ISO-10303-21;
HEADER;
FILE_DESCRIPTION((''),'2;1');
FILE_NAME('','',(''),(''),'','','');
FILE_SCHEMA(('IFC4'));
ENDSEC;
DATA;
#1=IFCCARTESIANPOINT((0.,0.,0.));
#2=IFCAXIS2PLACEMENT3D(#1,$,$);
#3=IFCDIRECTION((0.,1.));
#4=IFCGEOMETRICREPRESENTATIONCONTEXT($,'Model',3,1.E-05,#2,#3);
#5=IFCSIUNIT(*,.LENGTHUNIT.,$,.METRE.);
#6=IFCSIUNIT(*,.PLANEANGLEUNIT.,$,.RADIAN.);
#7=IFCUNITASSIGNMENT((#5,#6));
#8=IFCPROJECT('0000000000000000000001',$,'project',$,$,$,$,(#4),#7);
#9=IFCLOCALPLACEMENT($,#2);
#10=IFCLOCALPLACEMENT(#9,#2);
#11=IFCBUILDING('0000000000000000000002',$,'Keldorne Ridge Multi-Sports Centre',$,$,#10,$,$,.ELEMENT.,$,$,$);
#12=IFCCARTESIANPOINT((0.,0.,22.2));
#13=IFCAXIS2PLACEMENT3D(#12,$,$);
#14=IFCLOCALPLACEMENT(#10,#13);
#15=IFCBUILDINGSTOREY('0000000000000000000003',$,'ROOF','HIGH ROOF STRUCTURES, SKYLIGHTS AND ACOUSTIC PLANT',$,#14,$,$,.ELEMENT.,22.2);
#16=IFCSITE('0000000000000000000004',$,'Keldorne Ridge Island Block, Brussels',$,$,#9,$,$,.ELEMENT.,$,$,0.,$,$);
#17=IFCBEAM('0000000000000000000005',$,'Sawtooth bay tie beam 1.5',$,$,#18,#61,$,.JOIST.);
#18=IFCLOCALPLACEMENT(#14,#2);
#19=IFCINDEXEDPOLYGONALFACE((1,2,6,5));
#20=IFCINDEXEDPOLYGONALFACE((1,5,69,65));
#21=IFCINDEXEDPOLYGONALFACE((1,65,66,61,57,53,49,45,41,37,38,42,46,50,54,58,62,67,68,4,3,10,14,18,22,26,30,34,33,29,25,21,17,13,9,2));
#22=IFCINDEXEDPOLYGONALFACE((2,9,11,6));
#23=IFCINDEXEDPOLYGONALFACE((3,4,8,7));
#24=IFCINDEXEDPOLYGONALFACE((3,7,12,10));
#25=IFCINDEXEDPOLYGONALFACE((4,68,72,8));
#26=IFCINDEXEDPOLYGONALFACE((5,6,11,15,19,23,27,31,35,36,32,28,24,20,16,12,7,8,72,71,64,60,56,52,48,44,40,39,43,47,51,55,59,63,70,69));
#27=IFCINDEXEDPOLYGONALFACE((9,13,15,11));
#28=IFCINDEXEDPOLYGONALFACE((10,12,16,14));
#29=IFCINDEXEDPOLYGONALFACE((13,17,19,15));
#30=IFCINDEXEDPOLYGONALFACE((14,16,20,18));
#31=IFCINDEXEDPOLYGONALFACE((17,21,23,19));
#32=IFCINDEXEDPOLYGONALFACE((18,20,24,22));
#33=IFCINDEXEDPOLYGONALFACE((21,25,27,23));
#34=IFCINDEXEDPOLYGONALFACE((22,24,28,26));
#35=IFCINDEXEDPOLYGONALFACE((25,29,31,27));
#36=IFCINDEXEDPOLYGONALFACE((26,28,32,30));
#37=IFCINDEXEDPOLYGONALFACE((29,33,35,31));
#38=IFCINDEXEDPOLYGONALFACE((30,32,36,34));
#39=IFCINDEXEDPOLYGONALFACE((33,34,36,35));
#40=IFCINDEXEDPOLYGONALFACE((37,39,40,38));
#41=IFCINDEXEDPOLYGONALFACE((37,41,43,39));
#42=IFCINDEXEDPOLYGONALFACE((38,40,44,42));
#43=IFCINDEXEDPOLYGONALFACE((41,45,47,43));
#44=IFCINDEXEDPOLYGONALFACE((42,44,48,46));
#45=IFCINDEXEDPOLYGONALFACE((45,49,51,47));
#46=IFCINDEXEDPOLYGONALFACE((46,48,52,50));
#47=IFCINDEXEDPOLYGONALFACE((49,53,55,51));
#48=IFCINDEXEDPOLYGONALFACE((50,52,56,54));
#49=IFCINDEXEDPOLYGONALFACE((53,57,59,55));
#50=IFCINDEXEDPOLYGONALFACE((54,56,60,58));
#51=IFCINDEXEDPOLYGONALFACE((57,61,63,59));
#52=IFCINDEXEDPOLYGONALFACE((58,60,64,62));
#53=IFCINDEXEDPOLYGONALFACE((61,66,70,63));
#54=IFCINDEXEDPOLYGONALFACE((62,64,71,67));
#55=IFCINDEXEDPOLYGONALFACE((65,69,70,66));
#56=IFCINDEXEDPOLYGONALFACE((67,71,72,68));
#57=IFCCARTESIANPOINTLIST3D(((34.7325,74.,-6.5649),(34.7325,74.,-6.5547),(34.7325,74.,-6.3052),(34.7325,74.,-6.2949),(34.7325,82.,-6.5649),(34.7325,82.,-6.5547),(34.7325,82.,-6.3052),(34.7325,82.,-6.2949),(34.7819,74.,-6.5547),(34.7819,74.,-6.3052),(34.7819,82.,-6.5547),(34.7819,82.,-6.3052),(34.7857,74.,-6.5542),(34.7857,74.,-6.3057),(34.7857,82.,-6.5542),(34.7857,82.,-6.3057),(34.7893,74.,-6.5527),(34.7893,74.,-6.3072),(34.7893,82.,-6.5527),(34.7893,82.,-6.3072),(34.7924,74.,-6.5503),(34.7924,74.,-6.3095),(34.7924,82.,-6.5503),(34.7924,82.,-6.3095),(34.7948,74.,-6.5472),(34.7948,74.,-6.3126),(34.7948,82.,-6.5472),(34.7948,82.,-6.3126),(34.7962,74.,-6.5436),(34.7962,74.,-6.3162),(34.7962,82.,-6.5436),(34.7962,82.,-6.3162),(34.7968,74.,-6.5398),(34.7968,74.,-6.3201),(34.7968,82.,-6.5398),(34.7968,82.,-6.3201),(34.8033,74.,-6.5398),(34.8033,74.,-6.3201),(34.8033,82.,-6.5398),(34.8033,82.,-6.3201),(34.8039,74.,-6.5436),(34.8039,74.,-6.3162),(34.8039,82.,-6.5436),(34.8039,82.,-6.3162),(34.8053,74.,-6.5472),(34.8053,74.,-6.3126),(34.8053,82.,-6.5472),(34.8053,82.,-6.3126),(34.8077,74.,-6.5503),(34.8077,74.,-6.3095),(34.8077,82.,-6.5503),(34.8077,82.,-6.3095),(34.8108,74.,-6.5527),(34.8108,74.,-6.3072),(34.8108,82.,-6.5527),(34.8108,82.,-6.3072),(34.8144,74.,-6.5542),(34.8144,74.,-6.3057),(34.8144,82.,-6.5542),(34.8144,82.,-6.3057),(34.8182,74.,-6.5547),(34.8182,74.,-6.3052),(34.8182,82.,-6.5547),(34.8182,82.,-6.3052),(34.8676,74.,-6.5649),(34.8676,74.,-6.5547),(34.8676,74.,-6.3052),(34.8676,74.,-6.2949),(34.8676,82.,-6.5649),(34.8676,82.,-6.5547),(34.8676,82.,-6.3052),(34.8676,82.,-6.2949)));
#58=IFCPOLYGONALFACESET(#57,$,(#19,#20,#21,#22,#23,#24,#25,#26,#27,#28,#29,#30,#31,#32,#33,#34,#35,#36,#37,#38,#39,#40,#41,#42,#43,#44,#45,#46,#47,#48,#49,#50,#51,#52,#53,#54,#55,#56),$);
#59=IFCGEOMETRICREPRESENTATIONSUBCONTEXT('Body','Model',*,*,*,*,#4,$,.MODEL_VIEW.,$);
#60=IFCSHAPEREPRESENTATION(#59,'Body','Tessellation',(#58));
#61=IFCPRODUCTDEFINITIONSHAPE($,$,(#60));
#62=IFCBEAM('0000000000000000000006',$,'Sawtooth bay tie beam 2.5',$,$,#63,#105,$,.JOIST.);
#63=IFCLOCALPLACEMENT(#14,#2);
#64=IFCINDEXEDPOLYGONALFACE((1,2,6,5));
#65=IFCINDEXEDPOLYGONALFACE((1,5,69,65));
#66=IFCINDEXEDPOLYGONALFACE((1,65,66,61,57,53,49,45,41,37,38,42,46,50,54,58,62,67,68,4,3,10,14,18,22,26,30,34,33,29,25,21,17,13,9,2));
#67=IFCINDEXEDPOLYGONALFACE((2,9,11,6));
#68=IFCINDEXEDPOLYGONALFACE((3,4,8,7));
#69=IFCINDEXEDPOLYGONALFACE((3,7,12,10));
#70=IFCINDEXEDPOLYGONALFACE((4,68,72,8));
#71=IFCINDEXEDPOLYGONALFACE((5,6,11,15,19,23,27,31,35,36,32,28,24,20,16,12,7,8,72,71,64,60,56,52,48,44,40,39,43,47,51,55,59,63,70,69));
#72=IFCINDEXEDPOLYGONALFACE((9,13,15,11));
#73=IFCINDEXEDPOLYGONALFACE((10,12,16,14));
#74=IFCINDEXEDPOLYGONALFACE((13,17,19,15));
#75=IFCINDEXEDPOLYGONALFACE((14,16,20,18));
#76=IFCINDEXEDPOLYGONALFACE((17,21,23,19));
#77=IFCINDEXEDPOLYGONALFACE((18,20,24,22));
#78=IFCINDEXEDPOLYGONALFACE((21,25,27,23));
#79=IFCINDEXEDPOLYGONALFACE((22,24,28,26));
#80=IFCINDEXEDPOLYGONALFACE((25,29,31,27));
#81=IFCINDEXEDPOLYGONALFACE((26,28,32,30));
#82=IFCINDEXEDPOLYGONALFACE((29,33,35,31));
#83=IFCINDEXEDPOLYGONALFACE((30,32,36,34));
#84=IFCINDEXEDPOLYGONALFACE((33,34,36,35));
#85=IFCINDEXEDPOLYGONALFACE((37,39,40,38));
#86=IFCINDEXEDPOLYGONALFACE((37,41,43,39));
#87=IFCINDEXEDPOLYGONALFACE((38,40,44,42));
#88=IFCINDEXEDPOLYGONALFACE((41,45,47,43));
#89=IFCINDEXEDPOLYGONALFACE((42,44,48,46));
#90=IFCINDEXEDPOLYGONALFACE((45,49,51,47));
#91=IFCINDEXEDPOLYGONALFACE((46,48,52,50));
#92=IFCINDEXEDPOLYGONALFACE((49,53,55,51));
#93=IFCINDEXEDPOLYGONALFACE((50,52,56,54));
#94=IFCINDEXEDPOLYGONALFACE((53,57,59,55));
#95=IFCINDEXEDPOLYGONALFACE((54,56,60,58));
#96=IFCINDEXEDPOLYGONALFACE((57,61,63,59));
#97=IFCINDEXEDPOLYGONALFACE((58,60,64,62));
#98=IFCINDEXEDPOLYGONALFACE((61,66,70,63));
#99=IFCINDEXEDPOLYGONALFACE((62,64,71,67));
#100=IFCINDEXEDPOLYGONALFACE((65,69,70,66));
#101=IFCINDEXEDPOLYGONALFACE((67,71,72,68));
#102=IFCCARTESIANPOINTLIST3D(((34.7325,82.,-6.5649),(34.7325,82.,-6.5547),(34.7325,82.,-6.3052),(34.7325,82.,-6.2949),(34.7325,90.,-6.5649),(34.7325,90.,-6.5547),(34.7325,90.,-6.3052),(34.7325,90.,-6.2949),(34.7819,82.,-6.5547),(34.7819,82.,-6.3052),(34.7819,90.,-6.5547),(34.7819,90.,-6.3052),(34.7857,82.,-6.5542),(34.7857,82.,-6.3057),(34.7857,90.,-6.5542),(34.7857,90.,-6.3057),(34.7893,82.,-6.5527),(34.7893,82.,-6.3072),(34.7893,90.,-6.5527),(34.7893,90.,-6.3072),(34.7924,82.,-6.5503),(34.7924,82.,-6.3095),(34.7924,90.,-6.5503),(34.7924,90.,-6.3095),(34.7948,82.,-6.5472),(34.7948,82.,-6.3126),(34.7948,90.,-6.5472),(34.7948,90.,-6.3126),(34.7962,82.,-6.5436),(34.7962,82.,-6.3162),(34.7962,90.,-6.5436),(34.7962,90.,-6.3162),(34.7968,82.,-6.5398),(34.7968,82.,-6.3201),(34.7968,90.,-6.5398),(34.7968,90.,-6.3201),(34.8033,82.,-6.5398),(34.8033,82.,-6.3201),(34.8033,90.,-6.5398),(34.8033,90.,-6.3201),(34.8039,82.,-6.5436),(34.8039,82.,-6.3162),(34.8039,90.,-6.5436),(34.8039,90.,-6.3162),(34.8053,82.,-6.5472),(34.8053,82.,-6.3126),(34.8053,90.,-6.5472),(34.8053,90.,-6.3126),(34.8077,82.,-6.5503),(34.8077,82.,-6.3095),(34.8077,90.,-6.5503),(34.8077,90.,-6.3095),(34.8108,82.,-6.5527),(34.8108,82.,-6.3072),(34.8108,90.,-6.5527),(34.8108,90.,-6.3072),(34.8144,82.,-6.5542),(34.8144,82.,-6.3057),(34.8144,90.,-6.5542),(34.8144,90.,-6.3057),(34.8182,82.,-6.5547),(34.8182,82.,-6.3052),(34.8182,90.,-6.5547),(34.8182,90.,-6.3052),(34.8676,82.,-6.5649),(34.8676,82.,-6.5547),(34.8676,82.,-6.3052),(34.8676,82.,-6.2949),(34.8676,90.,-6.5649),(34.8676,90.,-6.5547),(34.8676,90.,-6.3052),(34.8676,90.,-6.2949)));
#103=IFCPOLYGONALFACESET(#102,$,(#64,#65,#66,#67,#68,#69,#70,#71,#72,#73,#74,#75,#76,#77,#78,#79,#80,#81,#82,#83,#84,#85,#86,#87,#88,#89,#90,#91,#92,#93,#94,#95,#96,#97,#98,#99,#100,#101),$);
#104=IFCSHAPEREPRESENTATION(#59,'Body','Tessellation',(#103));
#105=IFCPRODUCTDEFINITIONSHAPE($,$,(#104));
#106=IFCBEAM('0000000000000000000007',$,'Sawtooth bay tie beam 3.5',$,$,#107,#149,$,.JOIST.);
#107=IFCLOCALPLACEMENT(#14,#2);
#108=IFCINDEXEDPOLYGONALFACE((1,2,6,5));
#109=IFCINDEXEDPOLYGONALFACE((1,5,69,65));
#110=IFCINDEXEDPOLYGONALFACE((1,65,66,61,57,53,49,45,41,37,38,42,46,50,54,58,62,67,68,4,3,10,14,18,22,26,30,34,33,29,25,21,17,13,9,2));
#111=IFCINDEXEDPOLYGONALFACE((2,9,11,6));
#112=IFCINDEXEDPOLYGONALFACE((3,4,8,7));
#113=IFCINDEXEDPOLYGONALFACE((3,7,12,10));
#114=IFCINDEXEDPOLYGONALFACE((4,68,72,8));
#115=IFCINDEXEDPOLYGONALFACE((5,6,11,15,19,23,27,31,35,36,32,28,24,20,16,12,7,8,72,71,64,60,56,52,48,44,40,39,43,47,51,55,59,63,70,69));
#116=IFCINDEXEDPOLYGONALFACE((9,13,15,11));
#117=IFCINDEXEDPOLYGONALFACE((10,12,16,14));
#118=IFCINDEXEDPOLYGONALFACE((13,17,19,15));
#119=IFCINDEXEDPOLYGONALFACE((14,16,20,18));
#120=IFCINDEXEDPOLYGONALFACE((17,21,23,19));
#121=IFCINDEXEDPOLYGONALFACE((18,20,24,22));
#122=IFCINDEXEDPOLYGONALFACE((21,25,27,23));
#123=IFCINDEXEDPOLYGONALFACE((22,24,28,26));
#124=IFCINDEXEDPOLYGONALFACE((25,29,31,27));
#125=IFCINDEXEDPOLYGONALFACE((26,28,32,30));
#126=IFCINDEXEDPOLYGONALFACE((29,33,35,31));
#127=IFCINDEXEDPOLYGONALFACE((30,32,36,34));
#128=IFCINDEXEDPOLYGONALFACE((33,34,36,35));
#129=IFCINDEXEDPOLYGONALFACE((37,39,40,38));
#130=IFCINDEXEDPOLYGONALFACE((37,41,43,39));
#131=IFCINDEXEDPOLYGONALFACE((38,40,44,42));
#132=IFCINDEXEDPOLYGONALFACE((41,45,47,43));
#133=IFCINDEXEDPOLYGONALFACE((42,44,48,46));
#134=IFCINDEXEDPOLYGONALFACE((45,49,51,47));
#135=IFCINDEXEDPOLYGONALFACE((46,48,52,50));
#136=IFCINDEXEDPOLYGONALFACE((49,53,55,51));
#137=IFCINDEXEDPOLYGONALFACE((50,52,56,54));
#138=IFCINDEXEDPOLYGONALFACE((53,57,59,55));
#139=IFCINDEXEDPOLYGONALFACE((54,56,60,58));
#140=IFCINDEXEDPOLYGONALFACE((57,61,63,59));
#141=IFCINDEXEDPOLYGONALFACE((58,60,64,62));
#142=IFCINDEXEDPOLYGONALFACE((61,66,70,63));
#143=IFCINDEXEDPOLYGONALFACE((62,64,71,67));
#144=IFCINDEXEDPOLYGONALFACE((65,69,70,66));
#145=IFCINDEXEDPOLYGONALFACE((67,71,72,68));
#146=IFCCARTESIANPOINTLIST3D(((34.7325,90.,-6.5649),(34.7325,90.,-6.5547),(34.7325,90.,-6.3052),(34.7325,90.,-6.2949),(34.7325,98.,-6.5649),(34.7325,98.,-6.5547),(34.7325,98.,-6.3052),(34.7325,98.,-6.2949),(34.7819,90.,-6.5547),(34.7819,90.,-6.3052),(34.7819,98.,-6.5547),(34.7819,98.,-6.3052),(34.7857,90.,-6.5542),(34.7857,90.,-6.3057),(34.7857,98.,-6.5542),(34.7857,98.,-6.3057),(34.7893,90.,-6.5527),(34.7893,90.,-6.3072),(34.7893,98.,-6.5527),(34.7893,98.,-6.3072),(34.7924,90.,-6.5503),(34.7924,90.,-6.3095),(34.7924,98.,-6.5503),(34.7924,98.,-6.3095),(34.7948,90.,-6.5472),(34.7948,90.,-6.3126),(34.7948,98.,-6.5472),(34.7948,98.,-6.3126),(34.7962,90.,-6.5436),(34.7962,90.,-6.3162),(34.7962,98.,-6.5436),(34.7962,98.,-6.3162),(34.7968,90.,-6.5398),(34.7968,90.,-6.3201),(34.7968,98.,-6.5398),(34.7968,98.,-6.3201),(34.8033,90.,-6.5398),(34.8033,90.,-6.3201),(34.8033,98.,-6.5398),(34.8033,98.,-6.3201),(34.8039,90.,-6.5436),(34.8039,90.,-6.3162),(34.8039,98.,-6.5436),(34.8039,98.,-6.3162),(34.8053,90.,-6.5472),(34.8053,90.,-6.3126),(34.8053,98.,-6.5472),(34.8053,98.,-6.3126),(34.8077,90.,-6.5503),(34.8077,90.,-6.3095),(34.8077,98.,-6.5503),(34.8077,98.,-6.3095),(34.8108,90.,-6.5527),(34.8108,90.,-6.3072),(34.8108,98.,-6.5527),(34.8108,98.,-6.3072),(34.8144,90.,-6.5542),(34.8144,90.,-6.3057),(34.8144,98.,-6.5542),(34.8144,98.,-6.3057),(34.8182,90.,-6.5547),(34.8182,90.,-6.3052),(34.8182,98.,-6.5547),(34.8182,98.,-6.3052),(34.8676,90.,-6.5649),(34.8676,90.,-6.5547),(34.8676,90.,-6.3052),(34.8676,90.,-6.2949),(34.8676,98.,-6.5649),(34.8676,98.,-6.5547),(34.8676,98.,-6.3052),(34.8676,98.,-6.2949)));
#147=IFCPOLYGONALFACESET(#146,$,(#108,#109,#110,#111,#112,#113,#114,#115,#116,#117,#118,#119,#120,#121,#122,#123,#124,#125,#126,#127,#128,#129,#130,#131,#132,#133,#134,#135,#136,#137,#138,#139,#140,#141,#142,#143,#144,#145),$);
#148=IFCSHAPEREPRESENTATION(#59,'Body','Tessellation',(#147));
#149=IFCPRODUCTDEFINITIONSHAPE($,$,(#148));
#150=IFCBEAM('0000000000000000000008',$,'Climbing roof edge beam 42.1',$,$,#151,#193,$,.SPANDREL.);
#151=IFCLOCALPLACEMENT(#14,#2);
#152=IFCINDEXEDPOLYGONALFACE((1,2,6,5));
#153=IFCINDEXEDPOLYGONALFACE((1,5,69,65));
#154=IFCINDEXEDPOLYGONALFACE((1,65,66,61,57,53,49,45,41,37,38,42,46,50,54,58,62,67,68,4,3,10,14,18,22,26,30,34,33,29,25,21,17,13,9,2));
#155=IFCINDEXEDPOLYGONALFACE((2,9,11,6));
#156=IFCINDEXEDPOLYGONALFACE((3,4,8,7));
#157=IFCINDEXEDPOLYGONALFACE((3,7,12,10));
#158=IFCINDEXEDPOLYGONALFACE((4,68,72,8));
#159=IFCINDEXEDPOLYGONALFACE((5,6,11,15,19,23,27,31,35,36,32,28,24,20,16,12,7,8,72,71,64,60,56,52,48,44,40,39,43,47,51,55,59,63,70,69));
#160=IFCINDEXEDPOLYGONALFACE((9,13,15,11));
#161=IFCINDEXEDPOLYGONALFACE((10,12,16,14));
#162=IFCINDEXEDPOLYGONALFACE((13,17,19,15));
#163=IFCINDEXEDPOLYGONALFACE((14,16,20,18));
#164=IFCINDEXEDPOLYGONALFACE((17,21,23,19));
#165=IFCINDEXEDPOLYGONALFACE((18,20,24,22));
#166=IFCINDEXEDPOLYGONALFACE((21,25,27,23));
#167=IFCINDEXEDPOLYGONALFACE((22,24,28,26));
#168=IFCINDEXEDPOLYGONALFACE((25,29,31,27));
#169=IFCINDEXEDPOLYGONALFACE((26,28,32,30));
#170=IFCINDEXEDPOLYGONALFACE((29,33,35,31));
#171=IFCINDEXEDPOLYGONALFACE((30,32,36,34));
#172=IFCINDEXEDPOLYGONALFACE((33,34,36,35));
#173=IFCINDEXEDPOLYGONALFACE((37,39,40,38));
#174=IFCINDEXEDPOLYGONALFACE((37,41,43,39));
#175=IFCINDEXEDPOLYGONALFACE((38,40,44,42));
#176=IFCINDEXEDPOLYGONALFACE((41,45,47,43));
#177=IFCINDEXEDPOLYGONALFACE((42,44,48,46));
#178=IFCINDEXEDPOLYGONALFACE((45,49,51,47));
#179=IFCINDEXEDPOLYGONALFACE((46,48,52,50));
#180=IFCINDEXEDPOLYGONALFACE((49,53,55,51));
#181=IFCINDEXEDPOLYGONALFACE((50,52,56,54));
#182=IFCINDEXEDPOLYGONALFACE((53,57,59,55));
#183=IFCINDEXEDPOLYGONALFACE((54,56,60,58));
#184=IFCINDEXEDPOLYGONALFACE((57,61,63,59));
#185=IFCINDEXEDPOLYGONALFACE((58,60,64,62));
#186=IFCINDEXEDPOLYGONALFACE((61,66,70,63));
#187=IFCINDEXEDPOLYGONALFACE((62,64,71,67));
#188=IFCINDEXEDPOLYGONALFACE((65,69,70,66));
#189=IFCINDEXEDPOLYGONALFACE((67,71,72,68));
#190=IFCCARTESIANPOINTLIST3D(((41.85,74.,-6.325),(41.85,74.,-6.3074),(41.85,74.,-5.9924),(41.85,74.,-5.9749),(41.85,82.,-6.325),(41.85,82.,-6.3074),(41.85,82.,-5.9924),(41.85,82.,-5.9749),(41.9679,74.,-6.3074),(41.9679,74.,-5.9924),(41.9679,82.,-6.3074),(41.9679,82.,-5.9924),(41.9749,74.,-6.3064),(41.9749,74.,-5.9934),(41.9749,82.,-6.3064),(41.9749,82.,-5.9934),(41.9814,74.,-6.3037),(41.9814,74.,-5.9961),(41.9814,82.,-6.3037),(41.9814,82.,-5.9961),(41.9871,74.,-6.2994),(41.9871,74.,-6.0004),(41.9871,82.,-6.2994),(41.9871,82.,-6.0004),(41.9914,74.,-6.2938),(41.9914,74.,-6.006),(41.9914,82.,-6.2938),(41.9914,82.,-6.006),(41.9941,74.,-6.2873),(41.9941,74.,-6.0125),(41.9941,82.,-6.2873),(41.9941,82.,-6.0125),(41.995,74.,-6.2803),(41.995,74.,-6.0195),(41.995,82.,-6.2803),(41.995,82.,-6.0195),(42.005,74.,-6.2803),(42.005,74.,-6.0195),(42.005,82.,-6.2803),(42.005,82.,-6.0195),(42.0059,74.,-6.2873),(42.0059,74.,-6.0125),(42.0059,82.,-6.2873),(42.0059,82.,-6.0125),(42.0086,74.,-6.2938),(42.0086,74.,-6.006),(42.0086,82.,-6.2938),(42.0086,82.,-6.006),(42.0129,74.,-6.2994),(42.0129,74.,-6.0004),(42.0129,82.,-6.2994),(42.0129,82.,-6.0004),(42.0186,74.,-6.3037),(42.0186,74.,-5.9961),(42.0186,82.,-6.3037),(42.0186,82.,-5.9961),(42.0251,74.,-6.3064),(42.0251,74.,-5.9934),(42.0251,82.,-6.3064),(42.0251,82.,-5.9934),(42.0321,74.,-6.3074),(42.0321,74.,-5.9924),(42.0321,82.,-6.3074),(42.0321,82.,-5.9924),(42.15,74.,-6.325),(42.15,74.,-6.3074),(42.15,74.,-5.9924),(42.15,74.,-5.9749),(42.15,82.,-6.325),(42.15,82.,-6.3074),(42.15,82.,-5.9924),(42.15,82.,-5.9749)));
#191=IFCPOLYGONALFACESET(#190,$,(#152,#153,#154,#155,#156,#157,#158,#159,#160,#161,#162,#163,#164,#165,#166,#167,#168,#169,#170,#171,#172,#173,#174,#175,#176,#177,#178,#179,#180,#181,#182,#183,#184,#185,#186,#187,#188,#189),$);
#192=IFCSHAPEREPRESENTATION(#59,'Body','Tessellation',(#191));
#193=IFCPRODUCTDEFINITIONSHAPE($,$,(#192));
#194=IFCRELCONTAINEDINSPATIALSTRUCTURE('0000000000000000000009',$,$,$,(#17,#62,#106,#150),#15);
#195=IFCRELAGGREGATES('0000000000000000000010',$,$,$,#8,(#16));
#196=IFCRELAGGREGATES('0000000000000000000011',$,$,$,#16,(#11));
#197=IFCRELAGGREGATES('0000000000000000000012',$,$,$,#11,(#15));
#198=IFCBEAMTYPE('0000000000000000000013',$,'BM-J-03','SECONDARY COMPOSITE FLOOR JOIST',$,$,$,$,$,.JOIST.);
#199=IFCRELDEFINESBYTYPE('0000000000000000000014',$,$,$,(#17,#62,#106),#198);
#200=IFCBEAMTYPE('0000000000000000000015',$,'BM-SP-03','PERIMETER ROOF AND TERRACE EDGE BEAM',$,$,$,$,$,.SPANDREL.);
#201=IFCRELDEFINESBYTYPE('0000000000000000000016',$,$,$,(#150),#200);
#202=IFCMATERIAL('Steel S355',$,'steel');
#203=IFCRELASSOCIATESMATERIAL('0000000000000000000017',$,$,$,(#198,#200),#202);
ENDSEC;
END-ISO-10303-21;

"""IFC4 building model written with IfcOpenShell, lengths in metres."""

from ifc_helpers import new_model, si_unit, direction, frame, origin, origin_2d, place, context, subcontext, project, spatial, i_section, extrude, material, material_profile, profile_set, type_object, element, save


model = new_model("IFC4")

# Units and contexts
model_context = context("Model", 3, precision=1e-05, world=origin(), true_north=direction((0.0, 1.0)))
body_context = subcontext(model_context, "Body", "Model", "MODEL_VIEW")
ifc_project = project(units=[si_unit("LENGTHUNIT", "METRE"), si_unit("PLANEANGLEUNIT", "RADIAN")], contexts=[model_context])

# Site, building, storey
site_placement = place(None, origin())
site = spatial("IfcSite", under=ifc_project, at=site_placement, Name="Keldorne Ridge Island Block, Brussels", CompositionType="ELEMENT", RefElevation=0.0)
building_placement = place(site_placement, origin())
building = spatial("IfcBuilding", under=site, at=building_placement, Name="Keldorne Ridge Multi-Sports Centre", CompositionType="ELEMENT")
storey_placement = place(building_placement, frame((0.0, 0.0, 22.2)))
storey = spatial("IfcBuildingStorey", under=building, at=storey_placement, Name="ROOF", Description="HIGH ROOF STRUCTURES, SKYLIGHTS AND ACOUSTIC PLANT", CompositionType="ELEMENT", Elevation=22.2)

# Beams
ifc_material_1 = material(Name="Steel S355", Category="steel")
ifc_material_profile_1 = material_profile(ifc_material_1, i_section(OverallWidth=0.135, OverallDepth=0.27, WebThickness=0.0066, FlangeThickness=0.0103, FilletRadius=0.0149, at=origin_2d()), Name="IPE 270")
ifc_profile_set_1 = profile_set([ifc_material_profile_1], Name="Steel S355")
beam_type_1 = type_object("IfcBeamType", Name="BM-J-03", Description="SECONDARY COMPOSITE FLOOR JOIST", PredefinedType="JOIST", material=ifc_profile_set_1)
for number, where, z_axis, x_axis, name in (
    (1, (34.8, 74.0, -6.4299), (0.0, 1.0, 0.0), (-1.0, 0.0, 0.0), "Sawtooth bay tie beam 1.5"),
    (2, (34.8, 82.0, -6.4299), (0.0, 1.0, 0.0), (-1.0, 0.0, 0.0), "Sawtooth bay tie beam 2.5"),
    (3, (34.8, 90.0, -6.4299), (0.0, 1.0, 0.0), (-1.0, 0.0, 0.0), "Sawtooth bay tie beam 3.5"),
):
    element("IfcBeam", number, at=place(storey_placement, frame(where, z_axis=z_axis, x_axis=x_axis)), inside=storey, type_object=beam_type_1, Name=name, PredefinedType="JOIST", context=body_context, shape_type="SweptSolid", body=[
        extrude(i_section(OverallWidth=0.135, OverallDepth=0.27, WebThickness=0.0066, FlangeThickness=0.0103, FilletRadius=0.0149, at=origin_2d()), origin(), (0.0, 0.0, 1.0), 8.0),
    ])
ifc_material_profile_2 = material_profile(ifc_material_1, i_section(OverallWidth=0.3, OverallDepth=0.3501, WebThickness=0.01, FlangeThickness=0.0176, FilletRadius=0.0271, at=origin_2d()), Name="HEA 360")
ifc_profile_set_2 = profile_set([ifc_material_profile_2], Name="Steel S355")
beam_type_2 = type_object("IfcBeamType", Name="BM-SP-03", Description="PERIMETER ROOF AND TERRACE EDGE BEAM", PredefinedType="SPANDREL", material=ifc_profile_set_2)
for number, where, z_axis, x_axis, name in (
    (4, (42.0, 74.0, -6.1499), (0.0, 1.0, 0.0), (-1.0, 0.0, 0.0), "Climbing roof edge beam 42.1"),
):
    element("IfcBeam", number, at=place(storey_placement, frame(where, z_axis=z_axis, x_axis=x_axis)), inside=storey, type_object=beam_type_2, Name=name, PredefinedType="SPANDREL", context=body_context, shape_type="SweptSolid", body=[
        extrude(i_section(OverallWidth=0.3, OverallDepth=0.3501, WebThickness=0.01, FlangeThickness=0.0176, FilletRadius=0.0271, at=origin_2d()), origin(), (0.0, 0.0, 1.0), 8.0),
    ])

save(model, "model.ifc")
